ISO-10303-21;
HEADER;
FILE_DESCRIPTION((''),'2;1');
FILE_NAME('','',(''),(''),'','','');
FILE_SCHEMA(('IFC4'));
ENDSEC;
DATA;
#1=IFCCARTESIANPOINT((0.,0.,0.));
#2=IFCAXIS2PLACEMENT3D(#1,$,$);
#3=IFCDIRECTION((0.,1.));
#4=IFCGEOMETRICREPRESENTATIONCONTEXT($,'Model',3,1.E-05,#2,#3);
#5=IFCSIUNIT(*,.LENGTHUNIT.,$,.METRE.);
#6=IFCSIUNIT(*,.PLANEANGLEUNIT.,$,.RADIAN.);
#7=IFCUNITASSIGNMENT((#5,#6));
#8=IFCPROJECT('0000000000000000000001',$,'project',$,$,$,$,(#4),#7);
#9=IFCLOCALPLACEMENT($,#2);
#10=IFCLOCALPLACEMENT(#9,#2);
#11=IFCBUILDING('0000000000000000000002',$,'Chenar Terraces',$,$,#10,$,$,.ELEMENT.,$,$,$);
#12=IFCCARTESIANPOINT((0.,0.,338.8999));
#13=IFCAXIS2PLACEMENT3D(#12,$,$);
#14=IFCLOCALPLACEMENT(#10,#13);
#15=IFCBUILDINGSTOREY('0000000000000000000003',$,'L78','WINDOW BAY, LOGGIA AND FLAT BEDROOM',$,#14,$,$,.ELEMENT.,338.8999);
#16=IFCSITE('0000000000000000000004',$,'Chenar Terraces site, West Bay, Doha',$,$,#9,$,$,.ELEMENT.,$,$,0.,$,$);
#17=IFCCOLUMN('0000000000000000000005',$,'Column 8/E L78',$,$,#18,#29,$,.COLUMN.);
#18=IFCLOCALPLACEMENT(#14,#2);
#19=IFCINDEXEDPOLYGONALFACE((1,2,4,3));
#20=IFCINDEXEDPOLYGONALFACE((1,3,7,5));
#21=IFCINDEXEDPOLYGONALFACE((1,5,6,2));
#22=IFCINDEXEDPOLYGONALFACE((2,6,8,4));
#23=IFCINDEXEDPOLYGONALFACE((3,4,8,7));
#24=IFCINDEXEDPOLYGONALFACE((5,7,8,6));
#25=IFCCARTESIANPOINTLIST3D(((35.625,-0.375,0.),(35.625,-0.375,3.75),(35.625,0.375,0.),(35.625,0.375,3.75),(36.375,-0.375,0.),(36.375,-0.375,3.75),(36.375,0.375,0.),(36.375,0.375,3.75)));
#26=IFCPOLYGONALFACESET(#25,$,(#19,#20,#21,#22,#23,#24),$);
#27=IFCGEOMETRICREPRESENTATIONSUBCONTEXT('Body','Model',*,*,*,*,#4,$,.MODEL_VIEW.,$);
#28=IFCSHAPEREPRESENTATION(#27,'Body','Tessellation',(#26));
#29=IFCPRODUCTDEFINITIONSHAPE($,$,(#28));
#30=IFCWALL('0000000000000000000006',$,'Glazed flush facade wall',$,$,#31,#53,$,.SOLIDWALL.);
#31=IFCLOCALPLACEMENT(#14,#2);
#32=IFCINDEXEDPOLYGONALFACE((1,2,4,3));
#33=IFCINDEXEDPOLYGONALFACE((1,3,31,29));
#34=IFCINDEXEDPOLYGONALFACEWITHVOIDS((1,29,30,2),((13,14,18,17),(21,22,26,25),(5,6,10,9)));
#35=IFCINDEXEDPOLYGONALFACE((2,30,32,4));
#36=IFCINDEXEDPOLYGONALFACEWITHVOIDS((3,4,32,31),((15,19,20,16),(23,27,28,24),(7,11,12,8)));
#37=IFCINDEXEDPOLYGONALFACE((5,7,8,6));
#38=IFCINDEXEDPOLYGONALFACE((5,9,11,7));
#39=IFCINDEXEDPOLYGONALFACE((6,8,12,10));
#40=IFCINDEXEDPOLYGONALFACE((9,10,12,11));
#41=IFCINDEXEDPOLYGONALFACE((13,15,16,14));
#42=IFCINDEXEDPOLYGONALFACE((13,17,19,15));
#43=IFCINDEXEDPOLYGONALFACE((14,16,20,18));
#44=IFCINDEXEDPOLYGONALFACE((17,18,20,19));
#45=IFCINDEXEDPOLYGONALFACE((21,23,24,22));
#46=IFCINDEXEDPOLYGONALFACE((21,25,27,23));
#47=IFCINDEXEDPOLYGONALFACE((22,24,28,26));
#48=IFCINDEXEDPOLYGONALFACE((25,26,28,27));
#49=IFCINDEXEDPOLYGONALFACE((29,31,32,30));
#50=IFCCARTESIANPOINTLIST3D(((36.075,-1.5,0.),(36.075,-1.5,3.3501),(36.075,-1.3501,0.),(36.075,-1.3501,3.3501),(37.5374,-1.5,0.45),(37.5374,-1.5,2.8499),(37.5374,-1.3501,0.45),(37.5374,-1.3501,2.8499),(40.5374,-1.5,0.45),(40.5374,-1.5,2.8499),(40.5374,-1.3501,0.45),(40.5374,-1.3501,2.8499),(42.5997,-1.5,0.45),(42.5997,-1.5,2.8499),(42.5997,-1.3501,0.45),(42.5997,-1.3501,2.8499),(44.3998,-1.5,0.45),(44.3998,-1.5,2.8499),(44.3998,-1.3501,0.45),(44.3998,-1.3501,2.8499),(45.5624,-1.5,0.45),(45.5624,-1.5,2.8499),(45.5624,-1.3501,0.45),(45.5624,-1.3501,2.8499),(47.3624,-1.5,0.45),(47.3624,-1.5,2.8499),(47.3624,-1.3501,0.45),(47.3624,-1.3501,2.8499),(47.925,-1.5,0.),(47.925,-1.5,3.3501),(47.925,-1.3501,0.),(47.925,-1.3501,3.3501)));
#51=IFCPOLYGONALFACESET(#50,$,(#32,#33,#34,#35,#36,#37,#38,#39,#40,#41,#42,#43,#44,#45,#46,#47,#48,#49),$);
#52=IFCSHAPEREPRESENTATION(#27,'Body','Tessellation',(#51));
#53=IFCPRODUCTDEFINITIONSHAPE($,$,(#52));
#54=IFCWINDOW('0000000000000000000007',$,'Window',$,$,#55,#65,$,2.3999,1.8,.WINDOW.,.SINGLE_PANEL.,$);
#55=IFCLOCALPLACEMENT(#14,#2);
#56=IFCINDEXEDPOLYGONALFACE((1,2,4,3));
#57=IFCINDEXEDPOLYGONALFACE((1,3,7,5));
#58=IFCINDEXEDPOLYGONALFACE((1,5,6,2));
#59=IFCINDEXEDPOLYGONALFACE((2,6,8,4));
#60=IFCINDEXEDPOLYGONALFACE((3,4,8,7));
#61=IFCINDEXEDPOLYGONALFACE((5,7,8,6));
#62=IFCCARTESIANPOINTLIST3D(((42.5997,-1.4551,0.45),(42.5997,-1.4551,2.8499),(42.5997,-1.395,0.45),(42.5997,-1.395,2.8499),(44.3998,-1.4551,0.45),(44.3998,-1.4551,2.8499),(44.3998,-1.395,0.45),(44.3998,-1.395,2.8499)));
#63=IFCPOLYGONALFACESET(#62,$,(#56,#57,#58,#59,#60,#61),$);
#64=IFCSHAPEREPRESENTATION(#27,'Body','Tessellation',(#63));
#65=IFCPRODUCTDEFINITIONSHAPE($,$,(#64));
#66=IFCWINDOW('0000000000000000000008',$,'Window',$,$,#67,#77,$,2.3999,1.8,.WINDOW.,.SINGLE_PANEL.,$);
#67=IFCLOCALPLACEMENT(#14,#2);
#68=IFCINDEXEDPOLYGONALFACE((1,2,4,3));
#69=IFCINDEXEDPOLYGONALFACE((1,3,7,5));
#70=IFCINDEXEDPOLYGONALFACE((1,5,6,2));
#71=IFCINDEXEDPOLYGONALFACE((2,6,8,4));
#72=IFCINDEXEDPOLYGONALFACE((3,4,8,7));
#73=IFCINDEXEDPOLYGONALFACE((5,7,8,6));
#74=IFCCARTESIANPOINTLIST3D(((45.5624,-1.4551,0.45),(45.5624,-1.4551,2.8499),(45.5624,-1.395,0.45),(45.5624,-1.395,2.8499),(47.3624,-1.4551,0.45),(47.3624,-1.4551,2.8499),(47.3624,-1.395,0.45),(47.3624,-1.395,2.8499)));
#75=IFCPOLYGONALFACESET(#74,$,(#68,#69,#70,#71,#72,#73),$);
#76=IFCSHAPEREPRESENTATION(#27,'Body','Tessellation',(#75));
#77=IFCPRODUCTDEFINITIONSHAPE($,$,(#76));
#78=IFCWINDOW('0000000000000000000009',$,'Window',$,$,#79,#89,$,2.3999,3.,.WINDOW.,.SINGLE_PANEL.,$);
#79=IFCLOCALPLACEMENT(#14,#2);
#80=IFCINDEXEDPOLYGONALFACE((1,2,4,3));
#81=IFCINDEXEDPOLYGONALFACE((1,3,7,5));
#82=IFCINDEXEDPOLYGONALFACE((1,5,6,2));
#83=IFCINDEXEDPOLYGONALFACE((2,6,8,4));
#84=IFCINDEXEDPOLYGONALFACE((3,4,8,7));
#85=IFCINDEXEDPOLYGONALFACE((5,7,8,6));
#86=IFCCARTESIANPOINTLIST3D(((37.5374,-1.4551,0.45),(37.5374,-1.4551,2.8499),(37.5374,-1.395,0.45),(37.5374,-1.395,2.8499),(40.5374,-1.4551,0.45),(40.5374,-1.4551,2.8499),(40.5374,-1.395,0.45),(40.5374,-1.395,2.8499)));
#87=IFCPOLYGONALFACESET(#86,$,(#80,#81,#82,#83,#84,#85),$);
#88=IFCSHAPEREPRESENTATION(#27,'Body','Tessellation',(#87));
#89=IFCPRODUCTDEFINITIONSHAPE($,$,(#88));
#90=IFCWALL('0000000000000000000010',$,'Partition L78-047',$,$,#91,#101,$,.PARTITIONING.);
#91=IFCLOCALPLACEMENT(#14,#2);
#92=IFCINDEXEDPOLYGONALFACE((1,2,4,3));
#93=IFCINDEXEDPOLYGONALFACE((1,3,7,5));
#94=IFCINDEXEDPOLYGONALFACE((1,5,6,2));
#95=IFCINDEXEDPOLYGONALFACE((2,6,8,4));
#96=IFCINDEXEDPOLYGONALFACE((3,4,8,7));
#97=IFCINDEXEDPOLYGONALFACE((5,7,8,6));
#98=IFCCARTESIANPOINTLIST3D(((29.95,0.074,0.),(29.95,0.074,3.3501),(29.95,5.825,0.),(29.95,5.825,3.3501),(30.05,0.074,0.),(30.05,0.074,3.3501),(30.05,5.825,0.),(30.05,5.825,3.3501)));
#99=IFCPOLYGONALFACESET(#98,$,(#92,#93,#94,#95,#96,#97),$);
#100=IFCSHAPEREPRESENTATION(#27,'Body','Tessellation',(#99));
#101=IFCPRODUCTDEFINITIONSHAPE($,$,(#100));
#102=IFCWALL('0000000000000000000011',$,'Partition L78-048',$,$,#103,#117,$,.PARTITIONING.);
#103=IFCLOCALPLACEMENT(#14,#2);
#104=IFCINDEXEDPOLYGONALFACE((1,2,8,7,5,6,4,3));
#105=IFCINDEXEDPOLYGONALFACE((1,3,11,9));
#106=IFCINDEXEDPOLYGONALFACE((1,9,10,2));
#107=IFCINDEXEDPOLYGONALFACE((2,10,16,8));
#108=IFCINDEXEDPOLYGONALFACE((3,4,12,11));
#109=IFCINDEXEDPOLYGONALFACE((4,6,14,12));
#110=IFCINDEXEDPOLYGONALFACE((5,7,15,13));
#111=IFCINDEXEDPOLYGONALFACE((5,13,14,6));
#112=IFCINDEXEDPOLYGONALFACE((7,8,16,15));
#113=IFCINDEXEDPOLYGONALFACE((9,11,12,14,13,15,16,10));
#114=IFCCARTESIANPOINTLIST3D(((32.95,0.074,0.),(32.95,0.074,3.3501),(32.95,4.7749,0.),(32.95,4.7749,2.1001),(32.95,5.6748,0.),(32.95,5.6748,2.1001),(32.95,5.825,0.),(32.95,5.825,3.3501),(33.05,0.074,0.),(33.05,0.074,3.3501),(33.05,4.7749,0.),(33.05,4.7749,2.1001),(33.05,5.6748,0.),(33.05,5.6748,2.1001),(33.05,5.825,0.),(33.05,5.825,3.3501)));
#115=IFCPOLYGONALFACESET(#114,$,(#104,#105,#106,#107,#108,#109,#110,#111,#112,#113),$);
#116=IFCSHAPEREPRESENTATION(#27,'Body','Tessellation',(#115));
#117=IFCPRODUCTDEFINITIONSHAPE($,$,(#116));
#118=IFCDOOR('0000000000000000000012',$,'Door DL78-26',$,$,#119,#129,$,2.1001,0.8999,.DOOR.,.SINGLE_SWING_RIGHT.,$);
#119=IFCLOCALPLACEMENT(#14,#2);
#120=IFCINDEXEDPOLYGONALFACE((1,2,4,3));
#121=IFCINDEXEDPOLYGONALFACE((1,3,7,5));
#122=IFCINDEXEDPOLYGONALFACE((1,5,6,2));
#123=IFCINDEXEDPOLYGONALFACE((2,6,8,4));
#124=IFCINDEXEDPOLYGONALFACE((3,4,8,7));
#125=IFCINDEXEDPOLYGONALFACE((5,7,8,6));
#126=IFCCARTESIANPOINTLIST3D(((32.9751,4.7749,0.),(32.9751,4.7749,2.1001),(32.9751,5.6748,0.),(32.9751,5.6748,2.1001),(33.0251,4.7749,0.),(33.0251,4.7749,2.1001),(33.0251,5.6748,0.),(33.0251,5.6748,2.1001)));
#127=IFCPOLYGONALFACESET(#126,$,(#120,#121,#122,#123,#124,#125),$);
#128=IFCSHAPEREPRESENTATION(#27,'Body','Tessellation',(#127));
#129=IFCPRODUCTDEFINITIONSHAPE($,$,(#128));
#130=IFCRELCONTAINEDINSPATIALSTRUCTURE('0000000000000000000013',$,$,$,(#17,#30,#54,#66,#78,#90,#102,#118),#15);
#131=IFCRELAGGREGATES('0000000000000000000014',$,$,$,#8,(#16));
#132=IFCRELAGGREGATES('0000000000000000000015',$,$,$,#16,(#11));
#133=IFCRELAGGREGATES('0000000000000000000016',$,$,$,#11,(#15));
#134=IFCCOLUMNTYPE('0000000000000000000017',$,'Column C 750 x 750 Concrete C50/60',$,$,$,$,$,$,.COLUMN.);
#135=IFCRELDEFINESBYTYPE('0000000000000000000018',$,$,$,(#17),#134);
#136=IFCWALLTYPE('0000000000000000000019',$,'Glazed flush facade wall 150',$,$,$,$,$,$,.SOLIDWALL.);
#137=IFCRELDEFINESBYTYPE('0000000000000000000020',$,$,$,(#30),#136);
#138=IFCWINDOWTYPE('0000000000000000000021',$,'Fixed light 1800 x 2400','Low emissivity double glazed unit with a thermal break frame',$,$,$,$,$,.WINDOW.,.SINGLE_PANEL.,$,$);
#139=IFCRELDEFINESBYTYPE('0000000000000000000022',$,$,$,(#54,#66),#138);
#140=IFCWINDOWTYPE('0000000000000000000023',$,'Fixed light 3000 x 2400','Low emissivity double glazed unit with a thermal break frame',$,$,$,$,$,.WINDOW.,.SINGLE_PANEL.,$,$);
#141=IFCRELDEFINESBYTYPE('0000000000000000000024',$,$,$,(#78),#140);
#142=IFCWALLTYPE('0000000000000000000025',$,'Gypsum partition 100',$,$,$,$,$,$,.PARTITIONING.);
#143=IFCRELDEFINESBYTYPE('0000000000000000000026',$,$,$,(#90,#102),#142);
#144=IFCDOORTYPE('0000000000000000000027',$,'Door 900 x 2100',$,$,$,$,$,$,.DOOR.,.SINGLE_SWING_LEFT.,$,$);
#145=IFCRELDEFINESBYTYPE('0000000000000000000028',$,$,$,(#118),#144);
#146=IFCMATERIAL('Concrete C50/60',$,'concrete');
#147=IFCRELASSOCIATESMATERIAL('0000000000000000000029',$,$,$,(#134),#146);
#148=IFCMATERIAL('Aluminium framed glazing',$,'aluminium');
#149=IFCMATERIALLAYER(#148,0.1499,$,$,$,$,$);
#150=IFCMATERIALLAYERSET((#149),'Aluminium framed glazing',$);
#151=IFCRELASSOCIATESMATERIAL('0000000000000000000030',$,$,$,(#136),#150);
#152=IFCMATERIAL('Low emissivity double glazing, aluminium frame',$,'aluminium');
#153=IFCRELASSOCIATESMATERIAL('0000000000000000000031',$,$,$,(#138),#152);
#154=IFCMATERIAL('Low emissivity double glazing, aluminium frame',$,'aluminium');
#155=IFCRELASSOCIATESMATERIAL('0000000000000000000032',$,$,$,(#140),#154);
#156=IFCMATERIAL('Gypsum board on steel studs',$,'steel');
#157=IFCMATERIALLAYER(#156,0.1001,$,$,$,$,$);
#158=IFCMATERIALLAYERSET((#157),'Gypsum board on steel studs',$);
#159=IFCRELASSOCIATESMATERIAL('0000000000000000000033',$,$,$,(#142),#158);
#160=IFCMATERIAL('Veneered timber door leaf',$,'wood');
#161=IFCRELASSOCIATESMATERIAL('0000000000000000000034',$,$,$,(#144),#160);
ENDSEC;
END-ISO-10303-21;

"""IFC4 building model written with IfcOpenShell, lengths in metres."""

from ifc_helpers import new_model, si_unit, direction, frame, frame_2d, origin, origin_2d, place, context, subcontext, project, spatial, rectangle, extrude, material, layer, layer_set, material_profile, profile_set, type_object, element, fill, save


model = new_model("IFC4")

# Units and contexts
model_context = context("Model", 3, precision=1e-05, world=origin(), true_north=direction((0.0, 1.0)))
body_context = subcontext(model_context, "Body", "Model", "MODEL_VIEW")
ifc_project = project(units=[si_unit("LENGTHUNIT", "METRE"), si_unit("PLANEANGLEUNIT", "RADIAN")], contexts=[model_context])

# Site, building, storey
site_placement = place(None, origin())
site = spatial("IfcSite", under=ifc_project, at=site_placement, Name="Chenar Terraces site, West Bay, Doha", CompositionType="ELEMENT", RefElevation=0.0)
building_placement = place(site_placement, origin())
building = spatial("IfcBuilding", under=site, at=building_placement, Name="Chenar Terraces", CompositionType="ELEMENT")
storey_placement = place(building_placement, frame((0.0, 0.0, 338.8999)))
storey = spatial("IfcBuildingStorey", under=building, at=storey_placement, Name="L78", Description="WINDOW BAY, LOGGIA AND FLAT BEDROOM", CompositionType="ELEMENT", Elevation=338.8999)

# Column
ifc_material_1 = material(Name="Concrete C50/60", Category="concrete")
ifc_material_profile_1 = material_profile(ifc_material_1, rectangle(XDim=0.75, YDim=0.75, at=origin_2d()), Name="C 750 x 750")
ifc_profile_set_1 = profile_set([ifc_material_profile_1], Name="Concrete C50/60")
column_type = type_object("IfcColumnType", Name="Column C 750 x 750 Concrete C50/60", PredefinedType="COLUMN", material=ifc_profile_set_1)
column_placement = place(storey_placement, frame((36.0, 0.0, 0.0), z_axis=(0.0, 0.0, 1.0), x_axis=(1.0, 0.0, 0.0)))
element("IfcColumn", 1, at=column_placement, inside=storey, type_object=column_type, Name="Column 8/E L78", PredefinedType="COLUMN", context=body_context, shape_type="SweptSolid", body=[
    extrude(rectangle(XDim=0.75, YDim=0.75, at=origin_2d()), origin(), (0.0, 0.0, 1.0), 3.75),
])

# Wall, openings, windows
ifc_material_2 = material(Name="Aluminium framed glazing", Category="aluminium")
ifc_layer_1 = layer(ifc_material_2, 0.1499)
ifc_layer_set_1 = layer_set([ifc_layer_1], Name="Aluminium framed glazing")
wall_type_1 = type_object("IfcWallType", Name="Glazed flush facade wall 150", PredefinedType="SOLIDWALL", material=ifc_layer_set_1)
wall_1_placement = place(storey_placement, frame((36.075, -1.425, 0.0), z_axis=(0.0, 0.0, 1.0), x_axis=(1.0, 0.0, 0.0)))
wall_1 = element("IfcWall", 2, at=wall_1_placement, inside=storey, type_object=wall_type_1, Name="Glazed flush facade wall", PredefinedType="SOLIDWALL", context=body_context, shape_type="SweptSolid", body=[
    extrude(rectangle(XDim=11.8501, YDim=0.1499, at=frame_2d((5.925, 0.0))), origin(), (0.0, 0.0, 1.0), 3.3501),
])
opening_1_placement = place(wall_1_placement, frame((1.4624, 0.0, 0.45)))
opening_1 = element("IfcOpeningElement", 3, at=opening_1_placement, cuts=wall_1, PredefinedType="OPENING", context=body_context, shape_type="SweptSolid", body=[
    extrude(rectangle(XDim=3.0, YDim=2.3999, at=frame_2d((1.5, 1.2))), frame((0.0, 0.085, 0.0), z_axis=(0.0, -1.0, 0.0), x_axis=(1.0, 0.0, 0.0)), (0.0, 0.0, 1.0), 0.1699),
])
opening_2_placement = place(wall_1_placement, frame((6.5249, 0.0, 0.45)))
opening_2 = element("IfcOpeningElement", 4, at=opening_2_placement, cuts=wall_1, PredefinedType="OPENING", context=body_context, shape_type="SweptSolid", body=[
    extrude(rectangle(XDim=1.8, YDim=2.3999, at=frame_2d((0.8999, 1.2))), frame((0.0, 0.085, 0.0), z_axis=(0.0, -1.0, 0.0), x_axis=(1.0, 0.0, 0.0)), (0.0, 0.0, 1.0), 0.1699),
])
opening_3_placement = place(wall_1_placement, frame((9.4875, 0.0, 0.45)))
opening_3 = element("IfcOpeningElement", 5, at=opening_3_placement, cuts=wall_1, PredefinedType="OPENING", context=body_context, shape_type="SweptSolid", body=[
    extrude(rectangle(XDim=1.8, YDim=2.3999, at=frame_2d((0.8999, 1.2))), frame((0.0, 0.085, 0.0), z_axis=(0.0, -1.0, 0.0), x_axis=(1.0, 0.0, 0.0)), (0.0, 0.0, 1.0), 0.1699),
])
ifc_material_3 = material(Name="Low emissivity double glazing, aluminium frame", Category="aluminium")
window_type_1 = type_object("IfcWindowType", Name="Fixed light 1800 x 2400", Description="Low emissivity double glazed unit with a thermal break frame", PartitioningType="SINGLE_PANEL", PredefinedType="WINDOW", material=ifc_material_3)
window_1_placement = place(opening_2_placement, origin())
window_1 = element("IfcWindow", 6, at=window_1_placement, inside=storey, type_object=window_type_1, Name="Window", OverallHeight=2.3999, OverallWidth=1.8, PartitioningType="SINGLE_PANEL", PredefinedType="WINDOW", context=body_context, shape_type="SweptSolid", body=[
    extrude(rectangle(XDim=1.8, YDim=2.3999, at=frame_2d((0.8999, 1.2))), frame((0.0, 0.03, 0.0), z_axis=(0.0, -1.0, 0.0), x_axis=(1.0, 0.0, 0.0)), (0.0, 0.0, 1.0), 0.0601),
])
fill(opening_2, window_1)
window_2_placement = place(opening_3_placement, origin())
window_2 = element("IfcWindow", 7, at=window_2_placement, inside=storey, type_object=window_type_1, Name="Window", OverallHeight=2.3999, OverallWidth=1.8, PartitioningType="SINGLE_PANEL", PredefinedType="WINDOW", context=body_context, shape_type="SweptSolid", body=[
    extrude(rectangle(XDim=1.8, YDim=2.3999, at=frame_2d((0.8999, 1.2))), frame((0.0, 0.03, 0.0), z_axis=(0.0, -1.0, 0.0), x_axis=(1.0, 0.0, 0.0)), (0.0, 0.0, 1.0), 0.0601),
])
fill(opening_3, window_2)
ifc_material_4 = material(Name="Low emissivity double glazing, aluminium frame", Category="aluminium")
window_type_2 = type_object("IfcWindowType", Name="Fixed light 3000 x 2400", Description="Low emissivity double glazed unit with a thermal break frame", PartitioningType="SINGLE_PANEL", PredefinedType="WINDOW", material=ifc_material_4)
window_3_placement = place(opening_1_placement, origin())
window_3 = element("IfcWindow", 8, at=window_3_placement, inside=storey, type_object=window_type_2, Name="Window", OverallHeight=2.3999, OverallWidth=3.0, PartitioningType="SINGLE_PANEL", PredefinedType="WINDOW", context=body_context, shape_type="SweptSolid", body=[
    extrude(rectangle(XDim=3.0, YDim=2.3999, at=frame_2d((1.5, 1.2))), frame((0.0, 0.03, 0.0), z_axis=(0.0, -1.0, 0.0), x_axis=(1.0, 0.0, 0.0)), (0.0, 0.0, 1.0), 0.0601),
])
fill(opening_1, window_3)

# Wall
ifc_material_5 = material(Name="Gypsum board on steel studs", Category="steel")
ifc_layer_2 = layer(ifc_material_5, 0.1001)
ifc_layer_set_2 = layer_set([ifc_layer_2], Name="Gypsum board on steel studs")
wall_type_2 = type_object("IfcWallType", Name="Gypsum partition 100", PredefinedType="PARTITIONING", material=ifc_layer_set_2)
wall_2_placement = place(storey_placement, frame((30.0, 0.074, 0.0), z_axis=(0.0, 0.0, 1.0), x_axis=(0.0, 1.0, 0.0)))
element("IfcWall", 9, at=wall_2_placement, inside=storey, type_object=wall_type_2, Name="Partition L78-047", PredefinedType="PARTITIONING", context=body_context, shape_type="SweptSolid", body=[
    extrude(rectangle(XDim=5.751, YDim=0.1001, at=frame_2d((2.8755, 0.0))), origin(), (0.0, 0.0, 1.0), 3.3501),
])

# Wall, opening, door
wall_3_placement = place(storey_placement, frame((33.0, 0.074, 0.0), z_axis=(0.0, 0.0, 1.0), x_axis=(0.0, 1.0, 0.0)))
wall_3 = element("IfcWall", 10, at=wall_3_placement, inside=storey, type_object=wall_type_2, Name="Partition L78-048", PredefinedType="PARTITIONING", context=body_context, shape_type="SweptSolid", body=[
    extrude(rectangle(XDim=5.751, YDim=0.1001, at=frame_2d((2.8755, 0.0))), origin(), (0.0, 0.0, 1.0), 3.3501),
])
opening_4_placement = place(wall_3_placement, frame((4.7009, 0.0, 0.0)))
opening_4 = element("IfcOpeningElement", 11, at=opening_4_placement, cuts=wall_3, PredefinedType="OPENING", context=body_context, shape_type="SweptSolid", body=[
    extrude(rectangle(XDim=0.8999, YDim=2.1001, at=frame_2d((0.45, 1.05))), frame((0.0, 0.0601, 0.0), z_axis=(0.0, -1.0, 0.0), x_axis=(1.0, 0.0, 0.0)), (0.0, 0.0, 1.0), 0.1201),
])
ifc_material_6 = material(Name="Veneered timber door leaf", Category="wood")
door_type = type_object("IfcDoorType", Name="Door 900 x 2100", OperationType="SINGLE_SWING_LEFT", PredefinedType="DOOR", material=ifc_material_6)
door_1_placement = place(opening_4_placement, origin())
door_1 = element("IfcDoor", 12, at=door_1_placement, inside=storey, type_object=door_type, Name="Door DL78-26", OperationType="SINGLE_SWING_RIGHT", OverallHeight=2.1001, OverallWidth=0.8999, PredefinedType="DOOR", context=body_context, shape_type="SweptSolid", body=[
    extrude(rectangle(XDim=0.8999, YDim=2.1001, at=frame_2d((0.45, 1.05))), frame((0.0, 0.0249, 0.0), z_axis=(0.0, -1.0, 0.0), x_axis=(1.0, 0.0, 0.0)), (0.0, 0.0, 1.0), 0.05),
])
fill(opening_4, door_1)

save(model, "model.ifc")
